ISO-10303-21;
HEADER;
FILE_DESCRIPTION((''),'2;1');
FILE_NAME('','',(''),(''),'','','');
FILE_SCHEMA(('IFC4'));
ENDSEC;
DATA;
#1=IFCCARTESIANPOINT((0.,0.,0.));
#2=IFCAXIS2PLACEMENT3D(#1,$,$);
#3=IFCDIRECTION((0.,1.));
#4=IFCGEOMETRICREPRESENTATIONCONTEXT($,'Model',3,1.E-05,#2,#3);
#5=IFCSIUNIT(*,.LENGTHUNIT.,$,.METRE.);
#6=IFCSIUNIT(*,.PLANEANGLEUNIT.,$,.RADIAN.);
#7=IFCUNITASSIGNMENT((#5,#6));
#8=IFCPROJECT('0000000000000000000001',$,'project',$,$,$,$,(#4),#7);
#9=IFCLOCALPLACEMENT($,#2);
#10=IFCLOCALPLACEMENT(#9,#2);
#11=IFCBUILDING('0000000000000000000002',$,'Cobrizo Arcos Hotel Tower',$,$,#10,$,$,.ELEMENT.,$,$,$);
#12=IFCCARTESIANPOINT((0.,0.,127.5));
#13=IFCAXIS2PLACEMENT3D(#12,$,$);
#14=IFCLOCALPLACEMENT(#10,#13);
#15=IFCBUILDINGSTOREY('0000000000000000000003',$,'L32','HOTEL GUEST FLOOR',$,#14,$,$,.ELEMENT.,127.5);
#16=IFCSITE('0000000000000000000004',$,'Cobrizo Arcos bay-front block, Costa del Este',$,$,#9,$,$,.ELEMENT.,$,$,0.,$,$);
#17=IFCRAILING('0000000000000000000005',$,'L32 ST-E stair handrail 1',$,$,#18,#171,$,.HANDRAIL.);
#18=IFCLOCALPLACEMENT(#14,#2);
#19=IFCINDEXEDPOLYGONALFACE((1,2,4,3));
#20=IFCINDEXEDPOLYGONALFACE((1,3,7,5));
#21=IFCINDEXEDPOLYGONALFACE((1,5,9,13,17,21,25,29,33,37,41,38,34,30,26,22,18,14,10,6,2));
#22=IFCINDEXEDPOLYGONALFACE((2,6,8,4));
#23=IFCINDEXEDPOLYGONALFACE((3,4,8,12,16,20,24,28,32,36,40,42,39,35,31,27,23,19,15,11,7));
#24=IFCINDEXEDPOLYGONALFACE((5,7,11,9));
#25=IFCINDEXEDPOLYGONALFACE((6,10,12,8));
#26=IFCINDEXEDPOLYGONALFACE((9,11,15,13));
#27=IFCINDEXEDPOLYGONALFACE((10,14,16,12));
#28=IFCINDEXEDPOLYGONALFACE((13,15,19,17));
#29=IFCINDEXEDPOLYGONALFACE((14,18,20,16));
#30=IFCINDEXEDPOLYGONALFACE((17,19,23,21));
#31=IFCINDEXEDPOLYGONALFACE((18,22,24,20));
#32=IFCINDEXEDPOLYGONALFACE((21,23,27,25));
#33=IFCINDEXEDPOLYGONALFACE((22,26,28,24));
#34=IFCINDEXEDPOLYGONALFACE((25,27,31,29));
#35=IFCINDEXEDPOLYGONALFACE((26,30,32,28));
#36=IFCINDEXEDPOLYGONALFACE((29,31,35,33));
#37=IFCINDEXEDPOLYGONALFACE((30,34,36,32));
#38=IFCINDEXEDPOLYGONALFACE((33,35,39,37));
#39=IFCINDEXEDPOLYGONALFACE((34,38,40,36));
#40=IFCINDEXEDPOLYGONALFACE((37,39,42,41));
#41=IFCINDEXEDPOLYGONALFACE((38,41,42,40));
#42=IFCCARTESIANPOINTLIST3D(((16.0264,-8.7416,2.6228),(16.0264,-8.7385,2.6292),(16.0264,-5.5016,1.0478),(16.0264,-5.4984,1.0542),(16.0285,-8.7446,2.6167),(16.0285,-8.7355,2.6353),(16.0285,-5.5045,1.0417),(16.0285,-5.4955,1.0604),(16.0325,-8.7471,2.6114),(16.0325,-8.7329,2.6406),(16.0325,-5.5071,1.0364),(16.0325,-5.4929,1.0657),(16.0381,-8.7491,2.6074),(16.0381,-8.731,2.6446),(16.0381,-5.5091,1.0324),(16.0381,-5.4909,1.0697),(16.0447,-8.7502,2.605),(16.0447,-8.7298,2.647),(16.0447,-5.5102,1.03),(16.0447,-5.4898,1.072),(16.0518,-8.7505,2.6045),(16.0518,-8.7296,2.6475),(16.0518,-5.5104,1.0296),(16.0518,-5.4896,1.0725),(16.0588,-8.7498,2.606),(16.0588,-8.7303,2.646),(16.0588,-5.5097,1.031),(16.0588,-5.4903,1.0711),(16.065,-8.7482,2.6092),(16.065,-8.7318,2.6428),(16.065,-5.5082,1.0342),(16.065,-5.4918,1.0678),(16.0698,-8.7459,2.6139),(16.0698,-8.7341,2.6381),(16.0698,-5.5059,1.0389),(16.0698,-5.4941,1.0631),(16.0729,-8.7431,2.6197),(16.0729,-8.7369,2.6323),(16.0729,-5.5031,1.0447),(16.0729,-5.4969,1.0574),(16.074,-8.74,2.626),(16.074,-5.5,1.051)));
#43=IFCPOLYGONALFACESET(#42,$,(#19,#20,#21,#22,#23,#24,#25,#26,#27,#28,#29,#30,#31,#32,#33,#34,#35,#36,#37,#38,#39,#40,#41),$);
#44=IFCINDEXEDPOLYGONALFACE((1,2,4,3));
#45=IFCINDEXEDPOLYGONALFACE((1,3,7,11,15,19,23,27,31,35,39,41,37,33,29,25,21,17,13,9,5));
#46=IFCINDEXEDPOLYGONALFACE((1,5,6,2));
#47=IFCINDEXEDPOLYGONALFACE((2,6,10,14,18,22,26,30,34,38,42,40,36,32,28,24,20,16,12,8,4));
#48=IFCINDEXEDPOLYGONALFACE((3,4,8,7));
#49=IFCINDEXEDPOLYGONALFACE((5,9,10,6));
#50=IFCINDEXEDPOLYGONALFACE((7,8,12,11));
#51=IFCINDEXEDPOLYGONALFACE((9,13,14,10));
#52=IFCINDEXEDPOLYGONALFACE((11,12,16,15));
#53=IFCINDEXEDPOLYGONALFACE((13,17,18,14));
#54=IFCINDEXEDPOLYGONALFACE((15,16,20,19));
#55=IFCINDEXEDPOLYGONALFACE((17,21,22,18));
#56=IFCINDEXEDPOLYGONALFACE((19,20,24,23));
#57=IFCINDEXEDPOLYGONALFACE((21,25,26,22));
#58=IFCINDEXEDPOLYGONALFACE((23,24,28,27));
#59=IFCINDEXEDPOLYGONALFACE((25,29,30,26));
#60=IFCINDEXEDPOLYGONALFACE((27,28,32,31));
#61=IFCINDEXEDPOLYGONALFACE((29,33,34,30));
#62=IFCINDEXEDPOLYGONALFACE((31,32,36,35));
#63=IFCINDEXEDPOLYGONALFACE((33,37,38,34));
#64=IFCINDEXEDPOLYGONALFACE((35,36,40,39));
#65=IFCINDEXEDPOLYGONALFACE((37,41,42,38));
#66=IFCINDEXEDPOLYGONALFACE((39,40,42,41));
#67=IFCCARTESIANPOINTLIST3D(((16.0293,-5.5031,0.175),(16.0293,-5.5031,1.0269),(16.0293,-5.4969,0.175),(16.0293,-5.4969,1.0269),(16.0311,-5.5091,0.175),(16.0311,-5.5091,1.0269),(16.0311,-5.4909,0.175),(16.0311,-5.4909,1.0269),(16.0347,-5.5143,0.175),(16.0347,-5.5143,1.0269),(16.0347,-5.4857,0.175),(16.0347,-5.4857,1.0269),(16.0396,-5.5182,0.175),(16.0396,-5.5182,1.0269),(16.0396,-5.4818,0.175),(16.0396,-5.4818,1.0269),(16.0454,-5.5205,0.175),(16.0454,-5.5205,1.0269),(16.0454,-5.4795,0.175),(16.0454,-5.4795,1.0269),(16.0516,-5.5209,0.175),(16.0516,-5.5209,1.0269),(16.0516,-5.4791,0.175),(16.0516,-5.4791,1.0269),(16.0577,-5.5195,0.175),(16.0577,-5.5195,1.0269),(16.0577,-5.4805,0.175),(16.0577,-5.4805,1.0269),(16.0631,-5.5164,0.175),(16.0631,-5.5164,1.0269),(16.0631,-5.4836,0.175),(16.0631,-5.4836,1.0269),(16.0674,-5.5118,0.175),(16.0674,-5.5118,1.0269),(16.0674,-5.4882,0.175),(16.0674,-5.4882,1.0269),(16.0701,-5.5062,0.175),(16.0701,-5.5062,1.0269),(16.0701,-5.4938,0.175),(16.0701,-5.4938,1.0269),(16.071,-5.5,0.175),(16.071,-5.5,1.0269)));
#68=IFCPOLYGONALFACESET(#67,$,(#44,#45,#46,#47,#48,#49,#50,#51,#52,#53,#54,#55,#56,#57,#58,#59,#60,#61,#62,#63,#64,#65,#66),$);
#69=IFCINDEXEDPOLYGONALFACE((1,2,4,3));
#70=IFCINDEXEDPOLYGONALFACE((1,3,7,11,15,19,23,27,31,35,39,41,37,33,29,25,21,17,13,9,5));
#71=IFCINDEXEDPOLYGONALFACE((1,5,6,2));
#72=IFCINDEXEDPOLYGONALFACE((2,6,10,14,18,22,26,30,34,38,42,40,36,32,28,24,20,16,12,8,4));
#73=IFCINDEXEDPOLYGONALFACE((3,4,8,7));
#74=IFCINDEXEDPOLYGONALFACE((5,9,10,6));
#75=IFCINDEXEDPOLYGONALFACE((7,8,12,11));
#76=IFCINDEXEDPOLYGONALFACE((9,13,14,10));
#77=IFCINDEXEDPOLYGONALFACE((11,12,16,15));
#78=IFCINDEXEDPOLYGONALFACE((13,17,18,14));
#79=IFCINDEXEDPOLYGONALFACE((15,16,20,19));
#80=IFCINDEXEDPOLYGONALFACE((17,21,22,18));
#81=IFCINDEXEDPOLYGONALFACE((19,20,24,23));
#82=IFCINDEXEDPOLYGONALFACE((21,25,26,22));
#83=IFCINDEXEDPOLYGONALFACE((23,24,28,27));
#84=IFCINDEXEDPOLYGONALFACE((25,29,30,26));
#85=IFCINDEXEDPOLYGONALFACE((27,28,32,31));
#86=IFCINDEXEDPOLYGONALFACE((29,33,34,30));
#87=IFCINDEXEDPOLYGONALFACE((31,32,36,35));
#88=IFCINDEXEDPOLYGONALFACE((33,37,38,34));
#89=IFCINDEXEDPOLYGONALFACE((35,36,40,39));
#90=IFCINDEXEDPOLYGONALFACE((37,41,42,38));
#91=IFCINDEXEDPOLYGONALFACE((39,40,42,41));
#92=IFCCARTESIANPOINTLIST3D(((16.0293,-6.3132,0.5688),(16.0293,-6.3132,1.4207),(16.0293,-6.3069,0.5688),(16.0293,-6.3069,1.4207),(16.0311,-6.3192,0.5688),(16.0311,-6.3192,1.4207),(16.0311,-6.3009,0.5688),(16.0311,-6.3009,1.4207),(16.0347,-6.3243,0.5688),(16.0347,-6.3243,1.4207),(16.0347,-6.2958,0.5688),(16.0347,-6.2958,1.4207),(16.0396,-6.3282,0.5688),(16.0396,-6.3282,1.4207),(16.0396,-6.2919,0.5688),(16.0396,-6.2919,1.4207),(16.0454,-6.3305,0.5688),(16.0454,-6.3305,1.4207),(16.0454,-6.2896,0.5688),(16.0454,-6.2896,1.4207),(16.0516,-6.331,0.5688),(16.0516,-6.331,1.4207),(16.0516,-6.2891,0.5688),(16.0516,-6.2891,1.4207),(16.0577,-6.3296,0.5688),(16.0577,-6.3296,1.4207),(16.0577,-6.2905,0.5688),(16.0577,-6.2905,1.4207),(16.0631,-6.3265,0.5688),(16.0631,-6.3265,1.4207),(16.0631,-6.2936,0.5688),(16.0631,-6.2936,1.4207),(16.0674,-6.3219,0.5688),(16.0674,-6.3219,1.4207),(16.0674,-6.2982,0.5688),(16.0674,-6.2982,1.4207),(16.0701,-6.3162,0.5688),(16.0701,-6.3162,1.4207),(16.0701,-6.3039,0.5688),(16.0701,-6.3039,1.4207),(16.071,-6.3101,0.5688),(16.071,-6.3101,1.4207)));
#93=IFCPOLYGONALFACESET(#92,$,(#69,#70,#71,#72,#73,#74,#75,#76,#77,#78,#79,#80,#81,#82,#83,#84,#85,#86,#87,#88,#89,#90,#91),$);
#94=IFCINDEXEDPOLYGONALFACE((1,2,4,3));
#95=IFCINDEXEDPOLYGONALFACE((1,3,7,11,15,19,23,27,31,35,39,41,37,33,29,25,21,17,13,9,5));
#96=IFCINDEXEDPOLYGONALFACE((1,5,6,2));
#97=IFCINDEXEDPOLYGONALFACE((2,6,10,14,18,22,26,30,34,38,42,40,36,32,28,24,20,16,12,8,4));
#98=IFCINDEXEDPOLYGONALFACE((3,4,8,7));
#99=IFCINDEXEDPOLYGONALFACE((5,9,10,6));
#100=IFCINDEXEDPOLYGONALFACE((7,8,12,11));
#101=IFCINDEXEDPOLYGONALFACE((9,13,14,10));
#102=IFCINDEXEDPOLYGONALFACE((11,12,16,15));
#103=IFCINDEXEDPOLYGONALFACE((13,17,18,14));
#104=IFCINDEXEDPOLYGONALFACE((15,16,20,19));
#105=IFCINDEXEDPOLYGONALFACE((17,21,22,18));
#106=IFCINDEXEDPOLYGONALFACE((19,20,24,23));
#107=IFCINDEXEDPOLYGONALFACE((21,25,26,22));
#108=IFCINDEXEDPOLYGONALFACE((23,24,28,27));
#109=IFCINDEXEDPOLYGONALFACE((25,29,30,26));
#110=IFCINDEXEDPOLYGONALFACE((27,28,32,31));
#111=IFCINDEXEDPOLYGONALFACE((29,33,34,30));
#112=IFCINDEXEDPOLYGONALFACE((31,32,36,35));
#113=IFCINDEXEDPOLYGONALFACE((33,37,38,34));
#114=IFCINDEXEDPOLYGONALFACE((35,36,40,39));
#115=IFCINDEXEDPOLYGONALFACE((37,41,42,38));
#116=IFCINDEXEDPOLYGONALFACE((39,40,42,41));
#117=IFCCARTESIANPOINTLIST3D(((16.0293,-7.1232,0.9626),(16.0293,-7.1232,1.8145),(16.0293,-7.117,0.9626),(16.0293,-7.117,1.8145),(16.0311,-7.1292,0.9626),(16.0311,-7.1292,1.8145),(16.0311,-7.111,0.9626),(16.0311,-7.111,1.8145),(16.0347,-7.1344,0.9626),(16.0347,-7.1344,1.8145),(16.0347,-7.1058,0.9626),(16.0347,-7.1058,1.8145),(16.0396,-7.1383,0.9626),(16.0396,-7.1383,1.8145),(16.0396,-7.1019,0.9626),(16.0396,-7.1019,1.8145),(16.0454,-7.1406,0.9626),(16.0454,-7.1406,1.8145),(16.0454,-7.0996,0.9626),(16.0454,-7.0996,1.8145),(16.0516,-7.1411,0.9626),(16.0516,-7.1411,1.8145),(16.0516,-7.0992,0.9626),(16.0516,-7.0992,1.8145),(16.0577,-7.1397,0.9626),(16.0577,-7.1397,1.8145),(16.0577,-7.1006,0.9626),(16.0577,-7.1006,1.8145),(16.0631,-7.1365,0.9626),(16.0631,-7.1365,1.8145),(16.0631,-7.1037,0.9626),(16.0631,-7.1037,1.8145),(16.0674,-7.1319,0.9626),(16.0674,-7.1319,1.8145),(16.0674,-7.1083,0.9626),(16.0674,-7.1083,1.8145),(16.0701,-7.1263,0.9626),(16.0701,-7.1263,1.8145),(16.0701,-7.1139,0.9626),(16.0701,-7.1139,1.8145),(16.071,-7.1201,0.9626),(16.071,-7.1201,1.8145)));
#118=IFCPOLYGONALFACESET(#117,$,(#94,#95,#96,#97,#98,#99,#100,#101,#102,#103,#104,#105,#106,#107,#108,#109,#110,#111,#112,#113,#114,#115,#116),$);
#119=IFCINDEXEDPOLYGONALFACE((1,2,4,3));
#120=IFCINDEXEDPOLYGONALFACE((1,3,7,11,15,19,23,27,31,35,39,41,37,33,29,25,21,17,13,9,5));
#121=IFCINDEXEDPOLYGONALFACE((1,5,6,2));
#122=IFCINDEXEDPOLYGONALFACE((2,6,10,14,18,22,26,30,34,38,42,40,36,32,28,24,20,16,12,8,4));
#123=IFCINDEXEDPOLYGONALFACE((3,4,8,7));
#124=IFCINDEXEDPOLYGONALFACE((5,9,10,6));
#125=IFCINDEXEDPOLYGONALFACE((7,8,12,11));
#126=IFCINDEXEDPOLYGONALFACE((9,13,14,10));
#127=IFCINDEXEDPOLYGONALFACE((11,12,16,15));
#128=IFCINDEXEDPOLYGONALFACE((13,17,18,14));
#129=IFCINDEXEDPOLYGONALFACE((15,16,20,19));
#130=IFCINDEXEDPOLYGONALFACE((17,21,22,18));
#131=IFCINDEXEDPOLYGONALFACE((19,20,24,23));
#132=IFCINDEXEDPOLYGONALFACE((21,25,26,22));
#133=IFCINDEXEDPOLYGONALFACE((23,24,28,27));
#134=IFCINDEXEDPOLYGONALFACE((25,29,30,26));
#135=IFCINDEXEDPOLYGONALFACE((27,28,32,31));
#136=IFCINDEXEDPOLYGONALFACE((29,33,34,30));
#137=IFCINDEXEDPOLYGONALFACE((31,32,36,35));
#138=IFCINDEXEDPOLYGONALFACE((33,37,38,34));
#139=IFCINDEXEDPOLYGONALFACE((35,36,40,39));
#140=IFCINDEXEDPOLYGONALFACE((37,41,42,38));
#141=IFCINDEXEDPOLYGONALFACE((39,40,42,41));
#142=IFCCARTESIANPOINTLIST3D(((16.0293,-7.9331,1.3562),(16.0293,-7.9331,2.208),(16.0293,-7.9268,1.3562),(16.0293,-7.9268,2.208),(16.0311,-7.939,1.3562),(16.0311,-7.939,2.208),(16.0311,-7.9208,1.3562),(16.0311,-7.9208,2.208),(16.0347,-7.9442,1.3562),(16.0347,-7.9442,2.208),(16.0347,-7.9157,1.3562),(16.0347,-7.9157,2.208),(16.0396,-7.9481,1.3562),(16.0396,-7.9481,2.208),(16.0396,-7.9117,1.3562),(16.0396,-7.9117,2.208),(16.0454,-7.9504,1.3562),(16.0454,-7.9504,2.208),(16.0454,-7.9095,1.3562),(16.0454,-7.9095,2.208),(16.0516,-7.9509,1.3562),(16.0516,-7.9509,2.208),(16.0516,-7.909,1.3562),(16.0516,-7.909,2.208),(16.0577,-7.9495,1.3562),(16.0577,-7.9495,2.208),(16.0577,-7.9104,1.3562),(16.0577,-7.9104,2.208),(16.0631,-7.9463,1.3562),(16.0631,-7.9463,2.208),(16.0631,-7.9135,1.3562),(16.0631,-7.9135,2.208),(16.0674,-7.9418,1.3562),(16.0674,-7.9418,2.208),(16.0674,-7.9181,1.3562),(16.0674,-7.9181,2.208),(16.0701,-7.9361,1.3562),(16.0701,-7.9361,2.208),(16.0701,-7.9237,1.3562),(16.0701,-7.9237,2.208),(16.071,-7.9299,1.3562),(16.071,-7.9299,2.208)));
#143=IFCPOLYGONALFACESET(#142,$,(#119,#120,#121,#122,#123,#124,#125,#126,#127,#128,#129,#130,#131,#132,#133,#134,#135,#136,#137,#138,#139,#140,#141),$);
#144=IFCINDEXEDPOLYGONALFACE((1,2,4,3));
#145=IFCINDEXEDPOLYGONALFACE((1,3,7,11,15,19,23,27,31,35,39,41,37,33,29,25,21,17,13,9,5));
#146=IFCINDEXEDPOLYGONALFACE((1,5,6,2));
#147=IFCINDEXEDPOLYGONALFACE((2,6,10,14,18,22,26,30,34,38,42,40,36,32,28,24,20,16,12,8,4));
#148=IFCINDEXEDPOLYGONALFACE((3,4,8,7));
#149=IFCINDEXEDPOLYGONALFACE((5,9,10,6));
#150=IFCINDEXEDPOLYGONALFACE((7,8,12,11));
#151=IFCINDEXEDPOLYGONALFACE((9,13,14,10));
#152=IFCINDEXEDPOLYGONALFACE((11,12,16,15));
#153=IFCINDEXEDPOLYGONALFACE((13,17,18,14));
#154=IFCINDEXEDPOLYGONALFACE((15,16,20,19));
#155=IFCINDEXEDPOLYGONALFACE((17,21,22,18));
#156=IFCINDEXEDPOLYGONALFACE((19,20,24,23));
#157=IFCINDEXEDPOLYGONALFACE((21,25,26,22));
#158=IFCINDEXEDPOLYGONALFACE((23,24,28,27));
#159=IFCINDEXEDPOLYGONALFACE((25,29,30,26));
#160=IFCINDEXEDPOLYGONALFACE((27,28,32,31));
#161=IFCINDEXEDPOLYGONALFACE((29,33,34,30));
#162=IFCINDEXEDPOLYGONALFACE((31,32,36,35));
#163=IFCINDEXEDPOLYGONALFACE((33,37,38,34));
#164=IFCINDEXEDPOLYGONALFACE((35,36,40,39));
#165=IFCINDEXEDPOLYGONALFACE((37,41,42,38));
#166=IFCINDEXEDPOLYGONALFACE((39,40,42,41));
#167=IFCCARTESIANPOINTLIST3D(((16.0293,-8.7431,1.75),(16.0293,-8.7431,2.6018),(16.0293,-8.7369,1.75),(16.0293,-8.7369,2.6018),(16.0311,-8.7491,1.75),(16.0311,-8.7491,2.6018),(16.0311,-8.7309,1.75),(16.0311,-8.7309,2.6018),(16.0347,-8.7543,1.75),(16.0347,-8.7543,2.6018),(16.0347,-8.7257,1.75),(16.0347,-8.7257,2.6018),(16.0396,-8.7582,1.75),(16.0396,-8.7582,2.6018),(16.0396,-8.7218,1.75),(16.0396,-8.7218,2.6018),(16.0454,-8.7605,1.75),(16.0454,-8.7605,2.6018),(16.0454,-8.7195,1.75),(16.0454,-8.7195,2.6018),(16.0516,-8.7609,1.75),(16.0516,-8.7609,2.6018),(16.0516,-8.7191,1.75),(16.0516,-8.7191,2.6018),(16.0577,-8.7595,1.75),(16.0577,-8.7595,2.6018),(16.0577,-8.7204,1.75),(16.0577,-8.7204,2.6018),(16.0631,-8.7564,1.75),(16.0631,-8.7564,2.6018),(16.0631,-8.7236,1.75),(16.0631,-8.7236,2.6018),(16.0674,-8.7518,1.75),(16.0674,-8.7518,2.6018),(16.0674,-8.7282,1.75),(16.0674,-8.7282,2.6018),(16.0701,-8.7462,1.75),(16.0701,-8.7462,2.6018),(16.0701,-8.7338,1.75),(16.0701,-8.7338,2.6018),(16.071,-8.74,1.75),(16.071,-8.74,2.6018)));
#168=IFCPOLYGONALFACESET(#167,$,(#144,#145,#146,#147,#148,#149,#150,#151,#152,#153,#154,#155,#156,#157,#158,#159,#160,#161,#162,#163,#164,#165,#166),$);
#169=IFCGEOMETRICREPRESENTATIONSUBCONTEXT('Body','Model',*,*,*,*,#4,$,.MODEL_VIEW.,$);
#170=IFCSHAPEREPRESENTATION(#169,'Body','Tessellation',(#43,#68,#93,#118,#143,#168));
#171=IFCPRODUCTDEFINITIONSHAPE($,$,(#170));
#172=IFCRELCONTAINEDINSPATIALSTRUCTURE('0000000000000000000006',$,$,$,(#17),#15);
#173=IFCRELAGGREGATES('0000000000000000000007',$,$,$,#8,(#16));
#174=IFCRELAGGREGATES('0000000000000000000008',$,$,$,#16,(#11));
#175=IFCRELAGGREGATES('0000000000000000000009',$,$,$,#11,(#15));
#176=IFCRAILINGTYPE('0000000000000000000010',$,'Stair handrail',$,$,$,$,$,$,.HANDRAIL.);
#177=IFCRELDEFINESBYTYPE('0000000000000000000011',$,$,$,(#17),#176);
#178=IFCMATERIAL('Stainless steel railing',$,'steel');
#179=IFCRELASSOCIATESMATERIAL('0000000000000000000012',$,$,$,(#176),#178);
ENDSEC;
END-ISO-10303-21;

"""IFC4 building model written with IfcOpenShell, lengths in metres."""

from ifc_helpers import new_model, si_unit, direction, frame, origin, origin_2d, place, context, subcontext, project, spatial, circle, extrude, material, type_object, element, save


model = new_model("IFC4")

# Units and contexts
model_context = context("Model", 3, precision=1e-05, world=origin(), true_north=direction((0.0, 1.0)))
body_context = subcontext(model_context, "Body", "Model", "MODEL_VIEW")
ifc_project = project(units=[si_unit("LENGTHUNIT", "METRE"), si_unit("PLANEANGLEUNIT", "RADIAN")], contexts=[model_context])

# Site, building, storey
site_placement = place(None, origin())
site = spatial("IfcSite", under=ifc_project, at=site_placement, Name="Cobrizo Arcos bay-front block, Costa del Este", CompositionType="ELEMENT", RefElevation=0.0)
building_placement = place(site_placement, origin())
building = spatial("IfcBuilding", under=site, at=building_placement, Name="Cobrizo Arcos Hotel Tower", CompositionType="ELEMENT")
storey_placement = place(building_placement, frame((0.0, 0.0, 127.5)))
storey = spatial("IfcBuildingStorey", under=building, at=storey_placement, Name="L32", Description="HOTEL GUEST FLOOR", CompositionType="ELEMENT", Elevation=127.5)

# Railing
ifc_material_1 = material(Name="Stainless steel railing", Category="steel")
railing_type_1 = type_object("IfcRailingType", Name="Stair handrail", PredefinedType="HANDRAIL", material=ifc_material_1)
railing_1_placement = place(storey_placement, frame((16.05, -5.5, 0.175)))
element("IfcRailing", 1, at=railing_1_placement, inside=storey, type_object=railing_type_1, Name="L32 ST-E stair handrail 1", PredefinedType="HANDRAIL", context=body_context, shape_type="SweptSolid", body=[
    extrude(circle(Radius=0.0239, at=origin_2d()), frame((0.0, 0.0, 0.876), z_axis=(0.0, -0.899373, 0.437183), x_axis=(1.0, 0.0, 0.0)), (0.0, 0.0, 1.0), 3.6025),
    extrude(circle(Radius=0.021, at=origin_2d()), origin(), (0.0, 0.0, 1.0), 0.8518),
    extrude(circle(Radius=0.021, at=origin_2d()), frame((0.0, -0.8101, 0.3938)), (0.0, 0.0, 1.0), 0.8518),
    extrude(circle(Radius=0.021, at=origin_2d()), frame((0.0, -1.6201, 0.7876)), (0.0, 0.0, 1.0), 0.8518),
    extrude(circle(Radius=0.021, at=origin_2d()), frame((0.0, -2.4299, 1.1812)), (0.0, 0.0, 1.0), 0.8518),
    extrude(circle(Radius=0.021, at=origin_2d()), frame((0.0, -3.24, 1.575)), (0.0, 0.0, 1.0), 0.8518),
])

save(model, "model.ifc")
